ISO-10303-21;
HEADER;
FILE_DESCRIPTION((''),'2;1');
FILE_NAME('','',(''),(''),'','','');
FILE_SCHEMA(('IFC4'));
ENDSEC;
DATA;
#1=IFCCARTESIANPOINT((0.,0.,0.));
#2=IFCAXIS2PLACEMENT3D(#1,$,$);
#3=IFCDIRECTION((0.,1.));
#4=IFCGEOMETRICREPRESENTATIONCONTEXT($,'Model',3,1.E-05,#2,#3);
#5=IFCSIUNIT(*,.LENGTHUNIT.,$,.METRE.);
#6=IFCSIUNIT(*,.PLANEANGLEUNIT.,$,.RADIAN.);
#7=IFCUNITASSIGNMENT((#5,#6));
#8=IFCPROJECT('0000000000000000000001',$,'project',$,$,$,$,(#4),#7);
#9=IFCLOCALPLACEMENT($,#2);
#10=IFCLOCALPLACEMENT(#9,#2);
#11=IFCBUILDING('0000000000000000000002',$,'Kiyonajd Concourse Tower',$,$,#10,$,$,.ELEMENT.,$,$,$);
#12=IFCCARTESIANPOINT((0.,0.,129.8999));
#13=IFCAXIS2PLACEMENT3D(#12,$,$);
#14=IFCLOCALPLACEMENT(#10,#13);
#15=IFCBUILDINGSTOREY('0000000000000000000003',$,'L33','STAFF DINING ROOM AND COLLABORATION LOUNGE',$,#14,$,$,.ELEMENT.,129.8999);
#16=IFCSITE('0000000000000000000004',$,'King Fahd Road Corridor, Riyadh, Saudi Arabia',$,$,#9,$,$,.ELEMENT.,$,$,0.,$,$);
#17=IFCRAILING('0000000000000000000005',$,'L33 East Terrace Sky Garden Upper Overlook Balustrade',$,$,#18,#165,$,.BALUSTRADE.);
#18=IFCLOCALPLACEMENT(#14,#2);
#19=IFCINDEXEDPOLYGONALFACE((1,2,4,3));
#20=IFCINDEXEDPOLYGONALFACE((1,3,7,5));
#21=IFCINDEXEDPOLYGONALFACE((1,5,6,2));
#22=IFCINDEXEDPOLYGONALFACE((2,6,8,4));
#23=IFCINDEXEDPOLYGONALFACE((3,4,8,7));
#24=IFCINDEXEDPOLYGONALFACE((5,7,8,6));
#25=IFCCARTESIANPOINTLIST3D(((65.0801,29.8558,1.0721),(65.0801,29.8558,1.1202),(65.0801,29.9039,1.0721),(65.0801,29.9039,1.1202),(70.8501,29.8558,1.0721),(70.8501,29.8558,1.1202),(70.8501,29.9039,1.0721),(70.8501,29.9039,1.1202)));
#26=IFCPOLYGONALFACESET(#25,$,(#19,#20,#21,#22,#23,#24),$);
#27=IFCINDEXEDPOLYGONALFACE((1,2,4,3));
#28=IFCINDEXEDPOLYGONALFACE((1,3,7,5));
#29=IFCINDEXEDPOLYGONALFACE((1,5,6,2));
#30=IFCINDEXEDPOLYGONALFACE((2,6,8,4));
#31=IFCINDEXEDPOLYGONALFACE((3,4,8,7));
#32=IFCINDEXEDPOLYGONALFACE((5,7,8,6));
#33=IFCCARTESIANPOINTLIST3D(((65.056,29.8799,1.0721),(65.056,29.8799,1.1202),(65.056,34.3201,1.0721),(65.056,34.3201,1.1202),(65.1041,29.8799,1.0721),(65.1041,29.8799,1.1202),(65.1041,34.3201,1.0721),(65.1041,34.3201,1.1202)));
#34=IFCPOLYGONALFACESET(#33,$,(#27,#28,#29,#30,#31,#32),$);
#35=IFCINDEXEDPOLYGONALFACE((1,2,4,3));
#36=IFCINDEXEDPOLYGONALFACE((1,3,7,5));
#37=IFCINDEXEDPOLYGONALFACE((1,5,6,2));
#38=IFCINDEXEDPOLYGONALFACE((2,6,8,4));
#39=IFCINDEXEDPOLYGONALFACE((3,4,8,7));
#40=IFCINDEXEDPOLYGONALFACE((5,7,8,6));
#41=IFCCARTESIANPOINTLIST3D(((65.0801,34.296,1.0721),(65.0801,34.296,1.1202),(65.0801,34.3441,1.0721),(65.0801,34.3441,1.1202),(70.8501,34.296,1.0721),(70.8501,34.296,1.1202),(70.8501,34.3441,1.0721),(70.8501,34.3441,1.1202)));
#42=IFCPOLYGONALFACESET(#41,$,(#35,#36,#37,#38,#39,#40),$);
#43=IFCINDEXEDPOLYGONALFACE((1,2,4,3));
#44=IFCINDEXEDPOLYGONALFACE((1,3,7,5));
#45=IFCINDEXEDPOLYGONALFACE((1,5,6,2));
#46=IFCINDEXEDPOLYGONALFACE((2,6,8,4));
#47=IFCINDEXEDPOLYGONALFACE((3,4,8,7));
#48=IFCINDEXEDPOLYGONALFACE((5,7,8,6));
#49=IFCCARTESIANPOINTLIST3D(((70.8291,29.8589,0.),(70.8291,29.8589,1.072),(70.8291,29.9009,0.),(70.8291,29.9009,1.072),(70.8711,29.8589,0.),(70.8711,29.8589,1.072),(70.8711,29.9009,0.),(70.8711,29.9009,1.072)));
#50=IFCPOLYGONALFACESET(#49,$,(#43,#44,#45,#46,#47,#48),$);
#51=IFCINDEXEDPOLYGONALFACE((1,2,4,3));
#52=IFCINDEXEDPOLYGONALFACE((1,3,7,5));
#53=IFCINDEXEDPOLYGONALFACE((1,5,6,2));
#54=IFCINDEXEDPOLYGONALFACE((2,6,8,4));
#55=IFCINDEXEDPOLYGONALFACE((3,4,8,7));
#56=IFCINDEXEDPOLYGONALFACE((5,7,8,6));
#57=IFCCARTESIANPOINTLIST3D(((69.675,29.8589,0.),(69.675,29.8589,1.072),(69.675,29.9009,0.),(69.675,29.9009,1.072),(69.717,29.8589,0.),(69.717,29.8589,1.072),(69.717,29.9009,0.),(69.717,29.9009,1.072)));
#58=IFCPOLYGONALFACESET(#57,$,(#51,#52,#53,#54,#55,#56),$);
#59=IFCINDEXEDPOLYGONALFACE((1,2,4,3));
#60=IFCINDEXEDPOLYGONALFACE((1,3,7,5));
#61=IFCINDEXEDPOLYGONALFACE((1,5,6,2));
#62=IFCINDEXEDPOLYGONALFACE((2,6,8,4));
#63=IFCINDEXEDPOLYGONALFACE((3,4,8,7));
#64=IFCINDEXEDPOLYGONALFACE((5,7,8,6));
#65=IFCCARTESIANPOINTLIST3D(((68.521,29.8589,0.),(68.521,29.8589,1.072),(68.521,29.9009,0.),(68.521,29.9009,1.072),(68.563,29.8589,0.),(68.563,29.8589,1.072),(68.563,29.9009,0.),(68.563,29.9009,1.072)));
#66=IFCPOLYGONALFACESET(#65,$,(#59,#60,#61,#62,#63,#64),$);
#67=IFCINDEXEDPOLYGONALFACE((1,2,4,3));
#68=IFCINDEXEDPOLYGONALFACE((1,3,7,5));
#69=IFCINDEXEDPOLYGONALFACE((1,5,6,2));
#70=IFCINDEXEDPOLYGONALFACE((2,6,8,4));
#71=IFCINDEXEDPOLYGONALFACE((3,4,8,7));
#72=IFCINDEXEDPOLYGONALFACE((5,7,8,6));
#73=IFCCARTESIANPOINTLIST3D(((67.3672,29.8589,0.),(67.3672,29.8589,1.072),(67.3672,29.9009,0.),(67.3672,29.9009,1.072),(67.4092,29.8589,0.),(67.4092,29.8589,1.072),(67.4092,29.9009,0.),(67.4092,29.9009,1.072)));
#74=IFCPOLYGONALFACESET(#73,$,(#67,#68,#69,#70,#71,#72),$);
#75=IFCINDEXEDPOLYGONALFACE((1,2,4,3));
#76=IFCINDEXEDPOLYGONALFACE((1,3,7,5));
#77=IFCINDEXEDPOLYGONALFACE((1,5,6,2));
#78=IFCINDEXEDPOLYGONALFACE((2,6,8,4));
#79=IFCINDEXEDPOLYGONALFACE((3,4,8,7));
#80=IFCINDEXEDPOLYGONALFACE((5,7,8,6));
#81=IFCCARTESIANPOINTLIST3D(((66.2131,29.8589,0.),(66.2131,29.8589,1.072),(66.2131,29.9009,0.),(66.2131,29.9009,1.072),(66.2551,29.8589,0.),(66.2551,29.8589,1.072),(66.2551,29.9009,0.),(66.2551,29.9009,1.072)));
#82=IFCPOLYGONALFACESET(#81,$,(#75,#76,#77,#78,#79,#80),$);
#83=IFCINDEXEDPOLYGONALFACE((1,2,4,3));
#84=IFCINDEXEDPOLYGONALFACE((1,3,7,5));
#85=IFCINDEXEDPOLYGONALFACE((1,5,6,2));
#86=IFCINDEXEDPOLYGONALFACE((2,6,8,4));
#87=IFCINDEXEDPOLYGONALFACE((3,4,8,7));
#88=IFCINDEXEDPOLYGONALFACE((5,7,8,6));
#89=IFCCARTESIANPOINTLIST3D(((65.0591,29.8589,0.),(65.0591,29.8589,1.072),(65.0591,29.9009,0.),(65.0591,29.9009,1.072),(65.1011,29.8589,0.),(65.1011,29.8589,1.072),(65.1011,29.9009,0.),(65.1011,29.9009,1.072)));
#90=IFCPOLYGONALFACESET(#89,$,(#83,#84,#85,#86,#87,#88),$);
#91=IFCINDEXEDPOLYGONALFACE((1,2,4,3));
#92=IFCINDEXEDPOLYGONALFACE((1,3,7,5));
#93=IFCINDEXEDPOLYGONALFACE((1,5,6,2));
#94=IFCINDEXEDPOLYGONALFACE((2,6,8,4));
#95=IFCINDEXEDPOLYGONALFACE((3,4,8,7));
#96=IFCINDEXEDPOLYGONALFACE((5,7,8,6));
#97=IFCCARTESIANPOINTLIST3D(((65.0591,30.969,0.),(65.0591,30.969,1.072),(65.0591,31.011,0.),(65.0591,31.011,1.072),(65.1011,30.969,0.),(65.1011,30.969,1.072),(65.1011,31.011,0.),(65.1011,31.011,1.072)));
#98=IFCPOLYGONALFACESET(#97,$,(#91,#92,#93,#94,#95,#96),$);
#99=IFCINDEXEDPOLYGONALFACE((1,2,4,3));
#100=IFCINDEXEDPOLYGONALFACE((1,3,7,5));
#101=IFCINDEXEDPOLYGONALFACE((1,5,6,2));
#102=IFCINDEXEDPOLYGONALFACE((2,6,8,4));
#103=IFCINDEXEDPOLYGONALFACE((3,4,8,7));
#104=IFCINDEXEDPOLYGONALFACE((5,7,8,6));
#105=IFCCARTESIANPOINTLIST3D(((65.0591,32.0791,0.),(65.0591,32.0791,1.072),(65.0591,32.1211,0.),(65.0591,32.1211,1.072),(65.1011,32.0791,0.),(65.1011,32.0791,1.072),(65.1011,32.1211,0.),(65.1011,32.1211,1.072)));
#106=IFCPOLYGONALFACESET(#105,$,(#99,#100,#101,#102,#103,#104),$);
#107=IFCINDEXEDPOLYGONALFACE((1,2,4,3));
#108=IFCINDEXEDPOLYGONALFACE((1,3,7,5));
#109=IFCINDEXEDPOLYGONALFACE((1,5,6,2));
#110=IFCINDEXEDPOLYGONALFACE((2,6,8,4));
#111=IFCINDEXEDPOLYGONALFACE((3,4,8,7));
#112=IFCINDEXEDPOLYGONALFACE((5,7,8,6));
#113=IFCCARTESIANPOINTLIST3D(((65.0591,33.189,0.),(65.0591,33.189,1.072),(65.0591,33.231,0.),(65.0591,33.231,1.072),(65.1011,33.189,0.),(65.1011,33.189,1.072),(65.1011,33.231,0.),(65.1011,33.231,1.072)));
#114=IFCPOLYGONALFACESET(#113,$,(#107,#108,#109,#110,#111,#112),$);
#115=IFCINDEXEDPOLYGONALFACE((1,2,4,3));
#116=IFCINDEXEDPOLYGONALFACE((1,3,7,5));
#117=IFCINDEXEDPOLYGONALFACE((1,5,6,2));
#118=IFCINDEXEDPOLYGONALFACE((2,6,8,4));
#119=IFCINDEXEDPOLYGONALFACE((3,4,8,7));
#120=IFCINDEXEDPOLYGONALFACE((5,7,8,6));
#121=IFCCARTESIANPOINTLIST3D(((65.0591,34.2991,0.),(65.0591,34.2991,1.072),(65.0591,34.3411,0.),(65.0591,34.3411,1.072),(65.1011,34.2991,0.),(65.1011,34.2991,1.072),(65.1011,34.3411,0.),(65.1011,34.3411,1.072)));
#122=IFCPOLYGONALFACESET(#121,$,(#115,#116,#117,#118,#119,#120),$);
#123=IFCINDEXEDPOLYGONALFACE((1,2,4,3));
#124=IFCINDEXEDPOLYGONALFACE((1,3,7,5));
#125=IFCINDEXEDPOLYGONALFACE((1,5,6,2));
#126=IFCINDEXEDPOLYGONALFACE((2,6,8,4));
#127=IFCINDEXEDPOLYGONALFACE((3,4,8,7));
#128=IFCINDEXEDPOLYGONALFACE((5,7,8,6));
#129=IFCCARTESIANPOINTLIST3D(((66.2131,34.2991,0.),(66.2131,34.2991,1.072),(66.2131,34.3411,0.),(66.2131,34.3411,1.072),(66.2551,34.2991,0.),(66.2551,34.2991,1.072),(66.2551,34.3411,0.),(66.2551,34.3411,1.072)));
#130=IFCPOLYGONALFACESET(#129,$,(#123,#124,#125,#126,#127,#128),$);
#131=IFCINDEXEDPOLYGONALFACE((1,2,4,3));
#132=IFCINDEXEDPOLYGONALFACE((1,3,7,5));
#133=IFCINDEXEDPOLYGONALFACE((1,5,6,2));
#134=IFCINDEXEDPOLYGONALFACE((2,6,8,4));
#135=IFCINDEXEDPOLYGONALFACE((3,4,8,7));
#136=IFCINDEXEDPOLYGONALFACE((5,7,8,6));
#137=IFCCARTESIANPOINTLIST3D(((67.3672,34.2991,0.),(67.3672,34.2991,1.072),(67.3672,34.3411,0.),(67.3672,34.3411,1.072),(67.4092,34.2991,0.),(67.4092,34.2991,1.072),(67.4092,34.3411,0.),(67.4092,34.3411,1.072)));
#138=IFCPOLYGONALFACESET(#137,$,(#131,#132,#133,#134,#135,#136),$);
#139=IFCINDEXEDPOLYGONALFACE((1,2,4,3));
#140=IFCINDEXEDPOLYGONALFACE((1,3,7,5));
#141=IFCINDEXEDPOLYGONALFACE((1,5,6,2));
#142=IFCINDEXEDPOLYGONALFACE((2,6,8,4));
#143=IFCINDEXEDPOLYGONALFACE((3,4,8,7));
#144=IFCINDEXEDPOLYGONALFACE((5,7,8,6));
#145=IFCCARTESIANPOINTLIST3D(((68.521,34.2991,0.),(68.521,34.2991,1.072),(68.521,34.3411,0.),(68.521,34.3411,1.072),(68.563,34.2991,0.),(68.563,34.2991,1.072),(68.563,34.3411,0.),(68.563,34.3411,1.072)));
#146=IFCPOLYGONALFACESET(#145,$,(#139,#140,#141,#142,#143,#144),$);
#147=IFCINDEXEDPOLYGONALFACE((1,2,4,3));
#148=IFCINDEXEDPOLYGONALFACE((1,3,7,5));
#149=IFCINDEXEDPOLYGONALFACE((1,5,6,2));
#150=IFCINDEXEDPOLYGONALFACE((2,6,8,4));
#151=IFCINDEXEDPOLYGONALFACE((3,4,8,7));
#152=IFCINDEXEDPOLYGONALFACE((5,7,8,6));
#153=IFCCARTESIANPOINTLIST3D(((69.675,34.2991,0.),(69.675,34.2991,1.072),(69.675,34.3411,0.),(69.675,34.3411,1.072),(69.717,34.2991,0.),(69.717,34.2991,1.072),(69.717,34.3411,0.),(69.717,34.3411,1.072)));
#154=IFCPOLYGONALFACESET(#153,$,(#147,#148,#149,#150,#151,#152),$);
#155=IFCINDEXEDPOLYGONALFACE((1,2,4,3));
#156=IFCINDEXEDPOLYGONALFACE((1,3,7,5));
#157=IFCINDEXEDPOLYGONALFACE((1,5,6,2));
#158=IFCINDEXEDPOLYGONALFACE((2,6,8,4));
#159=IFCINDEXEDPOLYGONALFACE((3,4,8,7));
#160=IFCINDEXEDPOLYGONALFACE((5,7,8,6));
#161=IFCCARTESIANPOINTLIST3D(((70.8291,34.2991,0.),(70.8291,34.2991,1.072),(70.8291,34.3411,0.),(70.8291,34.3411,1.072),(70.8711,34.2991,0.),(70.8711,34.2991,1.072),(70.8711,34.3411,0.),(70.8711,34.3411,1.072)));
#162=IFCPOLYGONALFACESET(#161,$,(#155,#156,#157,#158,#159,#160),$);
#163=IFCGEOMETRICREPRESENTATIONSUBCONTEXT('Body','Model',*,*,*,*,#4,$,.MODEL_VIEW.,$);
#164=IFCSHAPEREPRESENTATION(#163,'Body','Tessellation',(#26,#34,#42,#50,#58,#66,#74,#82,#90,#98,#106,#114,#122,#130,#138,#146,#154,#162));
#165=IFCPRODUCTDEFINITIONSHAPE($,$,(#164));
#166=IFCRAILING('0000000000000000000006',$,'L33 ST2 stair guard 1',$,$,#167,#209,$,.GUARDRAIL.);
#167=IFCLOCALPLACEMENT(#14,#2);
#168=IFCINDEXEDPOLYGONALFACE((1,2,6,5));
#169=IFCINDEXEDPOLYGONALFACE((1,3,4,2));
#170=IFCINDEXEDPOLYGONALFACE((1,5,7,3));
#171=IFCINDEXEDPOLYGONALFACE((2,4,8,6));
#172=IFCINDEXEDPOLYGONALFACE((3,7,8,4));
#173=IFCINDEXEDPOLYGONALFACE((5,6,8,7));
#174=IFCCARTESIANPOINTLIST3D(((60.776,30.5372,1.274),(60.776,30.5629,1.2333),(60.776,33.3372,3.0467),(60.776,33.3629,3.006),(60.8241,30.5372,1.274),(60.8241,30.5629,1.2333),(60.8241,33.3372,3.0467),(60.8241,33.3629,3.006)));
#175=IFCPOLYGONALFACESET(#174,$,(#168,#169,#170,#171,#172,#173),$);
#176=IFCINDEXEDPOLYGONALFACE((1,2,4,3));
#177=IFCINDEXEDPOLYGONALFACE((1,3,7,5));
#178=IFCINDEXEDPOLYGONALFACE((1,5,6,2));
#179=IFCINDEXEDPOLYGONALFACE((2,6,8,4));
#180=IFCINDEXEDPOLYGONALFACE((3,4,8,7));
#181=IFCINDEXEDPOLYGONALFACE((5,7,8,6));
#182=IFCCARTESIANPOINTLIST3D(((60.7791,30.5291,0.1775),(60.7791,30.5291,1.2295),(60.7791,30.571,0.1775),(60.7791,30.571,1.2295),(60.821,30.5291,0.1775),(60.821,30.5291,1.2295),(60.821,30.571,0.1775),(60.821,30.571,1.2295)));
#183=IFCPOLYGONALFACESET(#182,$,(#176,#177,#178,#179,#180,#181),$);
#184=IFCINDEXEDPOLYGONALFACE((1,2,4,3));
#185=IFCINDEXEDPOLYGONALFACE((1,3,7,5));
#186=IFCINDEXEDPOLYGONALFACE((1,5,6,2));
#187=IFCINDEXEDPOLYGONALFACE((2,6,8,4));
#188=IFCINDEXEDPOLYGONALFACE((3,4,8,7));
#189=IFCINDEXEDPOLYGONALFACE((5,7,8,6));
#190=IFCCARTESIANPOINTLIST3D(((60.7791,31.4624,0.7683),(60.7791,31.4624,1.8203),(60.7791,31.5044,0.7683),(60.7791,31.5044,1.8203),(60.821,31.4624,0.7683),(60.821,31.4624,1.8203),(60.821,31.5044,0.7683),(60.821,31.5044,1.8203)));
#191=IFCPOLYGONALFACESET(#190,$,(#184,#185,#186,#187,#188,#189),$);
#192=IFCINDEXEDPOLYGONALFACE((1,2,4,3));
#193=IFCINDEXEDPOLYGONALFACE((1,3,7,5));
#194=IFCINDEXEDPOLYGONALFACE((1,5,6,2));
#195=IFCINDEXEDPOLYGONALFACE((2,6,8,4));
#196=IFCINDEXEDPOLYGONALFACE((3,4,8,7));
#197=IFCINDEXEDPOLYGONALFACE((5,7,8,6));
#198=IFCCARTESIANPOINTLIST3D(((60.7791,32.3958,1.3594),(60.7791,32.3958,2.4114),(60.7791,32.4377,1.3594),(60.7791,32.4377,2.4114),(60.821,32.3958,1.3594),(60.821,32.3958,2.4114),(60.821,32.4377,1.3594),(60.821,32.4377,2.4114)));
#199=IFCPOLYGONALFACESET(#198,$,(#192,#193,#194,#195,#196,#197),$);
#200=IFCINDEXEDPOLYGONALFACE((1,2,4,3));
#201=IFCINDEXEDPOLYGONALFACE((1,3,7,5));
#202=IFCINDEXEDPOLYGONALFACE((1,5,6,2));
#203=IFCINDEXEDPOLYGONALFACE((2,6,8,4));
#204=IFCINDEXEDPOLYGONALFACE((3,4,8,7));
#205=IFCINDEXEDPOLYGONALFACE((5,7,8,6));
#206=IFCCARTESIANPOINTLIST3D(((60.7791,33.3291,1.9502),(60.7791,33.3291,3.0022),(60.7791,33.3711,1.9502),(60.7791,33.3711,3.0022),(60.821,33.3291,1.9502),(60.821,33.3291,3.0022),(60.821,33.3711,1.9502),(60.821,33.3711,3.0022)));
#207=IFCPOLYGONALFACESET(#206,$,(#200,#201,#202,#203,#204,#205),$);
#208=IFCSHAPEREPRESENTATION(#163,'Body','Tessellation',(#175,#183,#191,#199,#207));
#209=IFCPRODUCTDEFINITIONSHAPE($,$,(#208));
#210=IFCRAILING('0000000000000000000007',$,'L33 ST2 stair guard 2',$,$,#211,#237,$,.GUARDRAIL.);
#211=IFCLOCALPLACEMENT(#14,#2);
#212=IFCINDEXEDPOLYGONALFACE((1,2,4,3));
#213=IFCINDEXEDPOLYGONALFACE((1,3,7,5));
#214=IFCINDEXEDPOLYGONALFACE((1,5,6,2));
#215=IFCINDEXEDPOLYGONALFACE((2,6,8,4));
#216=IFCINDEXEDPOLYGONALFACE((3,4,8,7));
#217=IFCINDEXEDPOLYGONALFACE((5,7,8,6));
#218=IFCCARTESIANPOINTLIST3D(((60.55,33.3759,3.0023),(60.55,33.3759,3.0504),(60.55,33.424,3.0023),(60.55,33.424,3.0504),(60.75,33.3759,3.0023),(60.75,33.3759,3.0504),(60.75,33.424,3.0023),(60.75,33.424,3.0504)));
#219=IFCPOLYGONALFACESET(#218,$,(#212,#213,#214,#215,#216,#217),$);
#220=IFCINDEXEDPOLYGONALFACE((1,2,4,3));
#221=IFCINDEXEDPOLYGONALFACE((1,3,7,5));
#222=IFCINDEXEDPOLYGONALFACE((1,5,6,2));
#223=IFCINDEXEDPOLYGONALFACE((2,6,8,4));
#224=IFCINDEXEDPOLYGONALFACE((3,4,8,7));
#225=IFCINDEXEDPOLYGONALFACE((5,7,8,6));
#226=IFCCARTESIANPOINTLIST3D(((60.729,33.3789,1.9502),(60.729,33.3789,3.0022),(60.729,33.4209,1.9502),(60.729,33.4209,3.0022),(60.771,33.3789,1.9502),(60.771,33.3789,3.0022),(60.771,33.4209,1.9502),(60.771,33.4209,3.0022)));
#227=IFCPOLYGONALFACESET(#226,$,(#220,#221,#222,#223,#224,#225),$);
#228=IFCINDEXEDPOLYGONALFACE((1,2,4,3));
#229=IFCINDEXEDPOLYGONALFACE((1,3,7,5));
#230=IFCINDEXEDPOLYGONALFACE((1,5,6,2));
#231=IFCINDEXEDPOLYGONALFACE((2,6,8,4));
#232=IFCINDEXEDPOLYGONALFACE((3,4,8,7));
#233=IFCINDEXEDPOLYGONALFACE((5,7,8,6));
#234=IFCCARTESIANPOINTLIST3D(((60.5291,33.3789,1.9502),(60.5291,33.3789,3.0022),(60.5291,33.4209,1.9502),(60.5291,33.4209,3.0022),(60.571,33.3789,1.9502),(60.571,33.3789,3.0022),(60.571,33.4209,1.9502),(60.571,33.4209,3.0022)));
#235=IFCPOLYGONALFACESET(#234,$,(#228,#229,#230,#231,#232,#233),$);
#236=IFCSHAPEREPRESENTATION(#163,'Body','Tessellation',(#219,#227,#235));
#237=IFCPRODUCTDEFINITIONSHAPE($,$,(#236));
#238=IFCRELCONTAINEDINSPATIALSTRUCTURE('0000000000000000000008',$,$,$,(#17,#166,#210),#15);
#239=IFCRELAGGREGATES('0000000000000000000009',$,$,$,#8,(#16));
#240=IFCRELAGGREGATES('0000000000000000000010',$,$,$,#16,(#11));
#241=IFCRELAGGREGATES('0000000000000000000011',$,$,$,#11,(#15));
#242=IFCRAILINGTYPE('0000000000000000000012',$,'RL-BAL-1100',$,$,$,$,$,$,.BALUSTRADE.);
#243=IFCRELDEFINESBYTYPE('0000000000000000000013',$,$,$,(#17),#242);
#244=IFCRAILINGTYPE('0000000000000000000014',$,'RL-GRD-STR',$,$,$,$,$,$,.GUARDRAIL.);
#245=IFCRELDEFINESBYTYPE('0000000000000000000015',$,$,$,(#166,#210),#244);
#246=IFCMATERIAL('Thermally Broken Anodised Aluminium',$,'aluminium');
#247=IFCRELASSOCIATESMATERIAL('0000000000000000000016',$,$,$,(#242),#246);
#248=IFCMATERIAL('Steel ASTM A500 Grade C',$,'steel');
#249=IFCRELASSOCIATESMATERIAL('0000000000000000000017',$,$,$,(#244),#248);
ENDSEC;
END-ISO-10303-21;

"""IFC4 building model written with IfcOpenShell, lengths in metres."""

from ifc_helpers import new_model, si_unit, direction, frame, origin, origin_2d, place, context, subcontext, project, spatial, rectangle, extrude, material, type_object, element, save


model = new_model("IFC4")

# Units and contexts
model_context = context("Model", 3, precision=1e-05, world=origin(), true_north=direction((0.0, 1.0)))
body_context = subcontext(model_context, "Body", "Model", "MODEL_VIEW")
ifc_project = project(units=[si_unit("LENGTHUNIT", "METRE"), si_unit("PLANEANGLEUNIT", "RADIAN")], contexts=[model_context])

# Site, building, storey
site_placement = place(None, origin())
site = spatial("IfcSite", under=ifc_project, at=site_placement, Name="King Fahd Road Corridor, Riyadh, Saudi Arabia", CompositionType="ELEMENT", RefElevation=0.0)
building_placement = place(site_placement, origin())
building = spatial("IfcBuilding", under=site, at=building_placement, Name="Kiyonajd Concourse Tower", CompositionType="ELEMENT")
storey_placement = place(building_placement, frame((0.0, 0.0, 129.8999)))
storey = spatial("IfcBuildingStorey", under=building, at=storey_placement, Name="L33", Description="STAFF DINING ROOM AND COLLABORATION LOUNGE", CompositionType="ELEMENT", Elevation=129.8999)

# Shared definitions
ifc_material_1 = material(Name="Thermally Broken Anodised Aluminium", Category="aluminium")

# Railings
railing_type_1 = type_object("IfcRailingType", Name="RL-BAL-1100", PredefinedType="BALUSTRADE", material=ifc_material_1)
railing_1_placement = place(storey_placement, frame((70.8501, 29.8799, 0.0)))
element("IfcRailing", 1, at=railing_1_placement, inside=storey, type_object=railing_type_1, Name="L33 East Terrace Sky Garden Upper Overlook Balustrade", PredefinedType="BALUSTRADE", context=body_context, shape_type="SweptSolid", body=[
    extrude(rectangle(XDim=0.0481, YDim=0.0481, at=origin_2d()), frame((0.0, 0.0, 1.0962), z_axis=(-1.0, 0.0, 0.0), x_axis=(0.0, -1.0, 0.0)), (0.0, 0.0, 1.0), 5.77),
    extrude(rectangle(XDim=0.0481, YDim=0.0481, at=origin_2d()), frame((-5.77, 0.0, 1.0962), z_axis=(0.0, 1.0, 0.0), x_axis=(-1.0, 0.0, 0.0)), (0.0, 0.0, 1.0), 4.4402),
    extrude(rectangle(XDim=0.0481, YDim=0.0481, at=origin_2d()), frame((-5.77, 4.4402, 1.0962), z_axis=(1.0, 0.0, 0.0), x_axis=(0.0, 1.0, 0.0)), (0.0, 0.0, 1.0), 5.77),
    extrude(rectangle(XDim=0.042, YDim=0.042, at=origin_2d()), origin(), (0.0, 0.0, 1.0), 1.072),
    extrude(rectangle(XDim=0.042, YDim=0.042, at=origin_2d()), frame((-1.1541, 0.0, 0.0)), (0.0, 0.0, 1.0), 1.072),
    extrude(rectangle(XDim=0.042, YDim=0.042, at=origin_2d()), frame((-2.3081, 0.0, 0.0)), (0.0, 0.0, 1.0), 1.072),
    extrude(rectangle(XDim=0.042, YDim=0.042, at=origin_2d()), frame((-3.4619, 0.0, 0.0)), (0.0, 0.0, 1.0), 1.072),
    extrude(rectangle(XDim=0.042, YDim=0.042, at=origin_2d()), frame((-4.616, 0.0, 0.0)), (0.0, 0.0, 1.0), 1.072),
    extrude(rectangle(XDim=0.042, YDim=0.042, at=origin_2d()), frame((-5.77, 0.0, 0.0)), (0.0, 0.0, 1.0), 1.072),
    extrude(rectangle(XDim=0.042, YDim=0.042, at=origin_2d()), frame((-5.77, 1.1101, 0.0)), (0.0, 0.0, 1.0), 1.072),
    extrude(rectangle(XDim=0.042, YDim=0.042, at=origin_2d()), frame((-5.77, 2.2202, 0.0)), (0.0, 0.0, 1.0), 1.072),
    extrude(rectangle(XDim=0.042, YDim=0.042, at=origin_2d()), frame((-5.77, 3.3301, 0.0)), (0.0, 0.0, 1.0), 1.072),
    extrude(rectangle(XDim=0.042, YDim=0.042, at=origin_2d()), frame((-5.77, 4.4402, 0.0)), (0.0, 0.0, 1.0), 1.072),
    extrude(rectangle(XDim=0.042, YDim=0.042, at=origin_2d()), frame((-4.616, 4.4402, 0.0)), (0.0, 0.0, 1.0), 1.072),
    extrude(rectangle(XDim=0.042, YDim=0.042, at=origin_2d()), frame((-3.4619, 4.4402, 0.0)), (0.0, 0.0, 1.0), 1.072),
    extrude(rectangle(XDim=0.042, YDim=0.042, at=origin_2d()), frame((-2.3081, 4.4402, 0.0)), (0.0, 0.0, 1.0), 1.072),
    extrude(rectangle(XDim=0.042, YDim=0.042, at=origin_2d()), frame((-1.1541, 4.4402, 0.0)), (0.0, 0.0, 1.0), 1.072),
    extrude(rectangle(XDim=0.042, YDim=0.042, at=origin_2d()), frame((0.0, 4.4402, 0.0)), (0.0, 0.0, 1.0), 1.072),
])
ifc_material_2 = material(Name="Steel ASTM A500 Grade C", Category="steel")
railing_type_2 = type_object("IfcRailingType", Name="RL-GRD-STR", PredefinedType="GUARDRAIL", material=ifc_material_2)
railing_2_placement = place(storey_placement, frame((60.8, 30.55, 0.1775)))
element("IfcRailing", 2, at=railing_2_placement, inside=storey, type_object=railing_type_2, Name="L33 ST2 stair guard 1", PredefinedType="GUARDRAIL", context=body_context, shape_type="SweptSolid", body=[
    extrude(rectangle(XDim=0.0481, YDim=0.0481, at=origin_2d()), frame((0.0, 0.0, 1.0762), z_axis=(0.0, 0.844909, 0.53491), x_axis=(-1.0, 0.0, 0.0)), (0.0, 0.0, 1.0), 3.314),
    extrude(rectangle(XDim=0.042, YDim=0.042, at=origin_2d()), origin(), (0.0, 0.0, 1.0), 1.052),
    extrude(rectangle(XDim=0.042, YDim=0.042, at=origin_2d()), frame((0.0, 0.9333, 0.5908)), (0.0, 0.0, 1.0), 1.052),
    extrude(rectangle(XDim=0.042, YDim=0.042, at=origin_2d()), frame((0.0, 1.8667, 1.1819)), (0.0, 0.0, 1.0), 1.052),
    extrude(rectangle(XDim=0.042, YDim=0.042, at=origin_2d()), frame((0.0, 2.8, 1.7727)), (0.0, 0.0, 1.0), 1.052),
])
railing_3_placement = place(storey_placement, frame((60.75, 33.3999, 1.9502)))
element("IfcRailing", 3, at=railing_3_placement, inside=storey, type_object=railing_type_2, Name="L33 ST2 stair guard 2", PredefinedType="GUARDRAIL", context=body_context, shape_type="SweptSolid", body=[
    extrude(rectangle(XDim=0.0481, YDim=0.0481, at=origin_2d()), frame((0.0, 0.0, 1.0762), z_axis=(-1.0, 0.0, 0.0), x_axis=(0.0, -1.0, 0.0)), (0.0, 0.0, 1.0), 0.2),
    extrude(rectangle(XDim=0.042, YDim=0.042, at=origin_2d()), origin(), (0.0, 0.0, 1.0), 1.052),
    extrude(rectangle(XDim=0.042, YDim=0.042, at=origin_2d()), frame((-0.2, 0.0, 0.0)), (0.0, 0.0, 1.0), 1.052),
])

save(model, "model.ifc")
